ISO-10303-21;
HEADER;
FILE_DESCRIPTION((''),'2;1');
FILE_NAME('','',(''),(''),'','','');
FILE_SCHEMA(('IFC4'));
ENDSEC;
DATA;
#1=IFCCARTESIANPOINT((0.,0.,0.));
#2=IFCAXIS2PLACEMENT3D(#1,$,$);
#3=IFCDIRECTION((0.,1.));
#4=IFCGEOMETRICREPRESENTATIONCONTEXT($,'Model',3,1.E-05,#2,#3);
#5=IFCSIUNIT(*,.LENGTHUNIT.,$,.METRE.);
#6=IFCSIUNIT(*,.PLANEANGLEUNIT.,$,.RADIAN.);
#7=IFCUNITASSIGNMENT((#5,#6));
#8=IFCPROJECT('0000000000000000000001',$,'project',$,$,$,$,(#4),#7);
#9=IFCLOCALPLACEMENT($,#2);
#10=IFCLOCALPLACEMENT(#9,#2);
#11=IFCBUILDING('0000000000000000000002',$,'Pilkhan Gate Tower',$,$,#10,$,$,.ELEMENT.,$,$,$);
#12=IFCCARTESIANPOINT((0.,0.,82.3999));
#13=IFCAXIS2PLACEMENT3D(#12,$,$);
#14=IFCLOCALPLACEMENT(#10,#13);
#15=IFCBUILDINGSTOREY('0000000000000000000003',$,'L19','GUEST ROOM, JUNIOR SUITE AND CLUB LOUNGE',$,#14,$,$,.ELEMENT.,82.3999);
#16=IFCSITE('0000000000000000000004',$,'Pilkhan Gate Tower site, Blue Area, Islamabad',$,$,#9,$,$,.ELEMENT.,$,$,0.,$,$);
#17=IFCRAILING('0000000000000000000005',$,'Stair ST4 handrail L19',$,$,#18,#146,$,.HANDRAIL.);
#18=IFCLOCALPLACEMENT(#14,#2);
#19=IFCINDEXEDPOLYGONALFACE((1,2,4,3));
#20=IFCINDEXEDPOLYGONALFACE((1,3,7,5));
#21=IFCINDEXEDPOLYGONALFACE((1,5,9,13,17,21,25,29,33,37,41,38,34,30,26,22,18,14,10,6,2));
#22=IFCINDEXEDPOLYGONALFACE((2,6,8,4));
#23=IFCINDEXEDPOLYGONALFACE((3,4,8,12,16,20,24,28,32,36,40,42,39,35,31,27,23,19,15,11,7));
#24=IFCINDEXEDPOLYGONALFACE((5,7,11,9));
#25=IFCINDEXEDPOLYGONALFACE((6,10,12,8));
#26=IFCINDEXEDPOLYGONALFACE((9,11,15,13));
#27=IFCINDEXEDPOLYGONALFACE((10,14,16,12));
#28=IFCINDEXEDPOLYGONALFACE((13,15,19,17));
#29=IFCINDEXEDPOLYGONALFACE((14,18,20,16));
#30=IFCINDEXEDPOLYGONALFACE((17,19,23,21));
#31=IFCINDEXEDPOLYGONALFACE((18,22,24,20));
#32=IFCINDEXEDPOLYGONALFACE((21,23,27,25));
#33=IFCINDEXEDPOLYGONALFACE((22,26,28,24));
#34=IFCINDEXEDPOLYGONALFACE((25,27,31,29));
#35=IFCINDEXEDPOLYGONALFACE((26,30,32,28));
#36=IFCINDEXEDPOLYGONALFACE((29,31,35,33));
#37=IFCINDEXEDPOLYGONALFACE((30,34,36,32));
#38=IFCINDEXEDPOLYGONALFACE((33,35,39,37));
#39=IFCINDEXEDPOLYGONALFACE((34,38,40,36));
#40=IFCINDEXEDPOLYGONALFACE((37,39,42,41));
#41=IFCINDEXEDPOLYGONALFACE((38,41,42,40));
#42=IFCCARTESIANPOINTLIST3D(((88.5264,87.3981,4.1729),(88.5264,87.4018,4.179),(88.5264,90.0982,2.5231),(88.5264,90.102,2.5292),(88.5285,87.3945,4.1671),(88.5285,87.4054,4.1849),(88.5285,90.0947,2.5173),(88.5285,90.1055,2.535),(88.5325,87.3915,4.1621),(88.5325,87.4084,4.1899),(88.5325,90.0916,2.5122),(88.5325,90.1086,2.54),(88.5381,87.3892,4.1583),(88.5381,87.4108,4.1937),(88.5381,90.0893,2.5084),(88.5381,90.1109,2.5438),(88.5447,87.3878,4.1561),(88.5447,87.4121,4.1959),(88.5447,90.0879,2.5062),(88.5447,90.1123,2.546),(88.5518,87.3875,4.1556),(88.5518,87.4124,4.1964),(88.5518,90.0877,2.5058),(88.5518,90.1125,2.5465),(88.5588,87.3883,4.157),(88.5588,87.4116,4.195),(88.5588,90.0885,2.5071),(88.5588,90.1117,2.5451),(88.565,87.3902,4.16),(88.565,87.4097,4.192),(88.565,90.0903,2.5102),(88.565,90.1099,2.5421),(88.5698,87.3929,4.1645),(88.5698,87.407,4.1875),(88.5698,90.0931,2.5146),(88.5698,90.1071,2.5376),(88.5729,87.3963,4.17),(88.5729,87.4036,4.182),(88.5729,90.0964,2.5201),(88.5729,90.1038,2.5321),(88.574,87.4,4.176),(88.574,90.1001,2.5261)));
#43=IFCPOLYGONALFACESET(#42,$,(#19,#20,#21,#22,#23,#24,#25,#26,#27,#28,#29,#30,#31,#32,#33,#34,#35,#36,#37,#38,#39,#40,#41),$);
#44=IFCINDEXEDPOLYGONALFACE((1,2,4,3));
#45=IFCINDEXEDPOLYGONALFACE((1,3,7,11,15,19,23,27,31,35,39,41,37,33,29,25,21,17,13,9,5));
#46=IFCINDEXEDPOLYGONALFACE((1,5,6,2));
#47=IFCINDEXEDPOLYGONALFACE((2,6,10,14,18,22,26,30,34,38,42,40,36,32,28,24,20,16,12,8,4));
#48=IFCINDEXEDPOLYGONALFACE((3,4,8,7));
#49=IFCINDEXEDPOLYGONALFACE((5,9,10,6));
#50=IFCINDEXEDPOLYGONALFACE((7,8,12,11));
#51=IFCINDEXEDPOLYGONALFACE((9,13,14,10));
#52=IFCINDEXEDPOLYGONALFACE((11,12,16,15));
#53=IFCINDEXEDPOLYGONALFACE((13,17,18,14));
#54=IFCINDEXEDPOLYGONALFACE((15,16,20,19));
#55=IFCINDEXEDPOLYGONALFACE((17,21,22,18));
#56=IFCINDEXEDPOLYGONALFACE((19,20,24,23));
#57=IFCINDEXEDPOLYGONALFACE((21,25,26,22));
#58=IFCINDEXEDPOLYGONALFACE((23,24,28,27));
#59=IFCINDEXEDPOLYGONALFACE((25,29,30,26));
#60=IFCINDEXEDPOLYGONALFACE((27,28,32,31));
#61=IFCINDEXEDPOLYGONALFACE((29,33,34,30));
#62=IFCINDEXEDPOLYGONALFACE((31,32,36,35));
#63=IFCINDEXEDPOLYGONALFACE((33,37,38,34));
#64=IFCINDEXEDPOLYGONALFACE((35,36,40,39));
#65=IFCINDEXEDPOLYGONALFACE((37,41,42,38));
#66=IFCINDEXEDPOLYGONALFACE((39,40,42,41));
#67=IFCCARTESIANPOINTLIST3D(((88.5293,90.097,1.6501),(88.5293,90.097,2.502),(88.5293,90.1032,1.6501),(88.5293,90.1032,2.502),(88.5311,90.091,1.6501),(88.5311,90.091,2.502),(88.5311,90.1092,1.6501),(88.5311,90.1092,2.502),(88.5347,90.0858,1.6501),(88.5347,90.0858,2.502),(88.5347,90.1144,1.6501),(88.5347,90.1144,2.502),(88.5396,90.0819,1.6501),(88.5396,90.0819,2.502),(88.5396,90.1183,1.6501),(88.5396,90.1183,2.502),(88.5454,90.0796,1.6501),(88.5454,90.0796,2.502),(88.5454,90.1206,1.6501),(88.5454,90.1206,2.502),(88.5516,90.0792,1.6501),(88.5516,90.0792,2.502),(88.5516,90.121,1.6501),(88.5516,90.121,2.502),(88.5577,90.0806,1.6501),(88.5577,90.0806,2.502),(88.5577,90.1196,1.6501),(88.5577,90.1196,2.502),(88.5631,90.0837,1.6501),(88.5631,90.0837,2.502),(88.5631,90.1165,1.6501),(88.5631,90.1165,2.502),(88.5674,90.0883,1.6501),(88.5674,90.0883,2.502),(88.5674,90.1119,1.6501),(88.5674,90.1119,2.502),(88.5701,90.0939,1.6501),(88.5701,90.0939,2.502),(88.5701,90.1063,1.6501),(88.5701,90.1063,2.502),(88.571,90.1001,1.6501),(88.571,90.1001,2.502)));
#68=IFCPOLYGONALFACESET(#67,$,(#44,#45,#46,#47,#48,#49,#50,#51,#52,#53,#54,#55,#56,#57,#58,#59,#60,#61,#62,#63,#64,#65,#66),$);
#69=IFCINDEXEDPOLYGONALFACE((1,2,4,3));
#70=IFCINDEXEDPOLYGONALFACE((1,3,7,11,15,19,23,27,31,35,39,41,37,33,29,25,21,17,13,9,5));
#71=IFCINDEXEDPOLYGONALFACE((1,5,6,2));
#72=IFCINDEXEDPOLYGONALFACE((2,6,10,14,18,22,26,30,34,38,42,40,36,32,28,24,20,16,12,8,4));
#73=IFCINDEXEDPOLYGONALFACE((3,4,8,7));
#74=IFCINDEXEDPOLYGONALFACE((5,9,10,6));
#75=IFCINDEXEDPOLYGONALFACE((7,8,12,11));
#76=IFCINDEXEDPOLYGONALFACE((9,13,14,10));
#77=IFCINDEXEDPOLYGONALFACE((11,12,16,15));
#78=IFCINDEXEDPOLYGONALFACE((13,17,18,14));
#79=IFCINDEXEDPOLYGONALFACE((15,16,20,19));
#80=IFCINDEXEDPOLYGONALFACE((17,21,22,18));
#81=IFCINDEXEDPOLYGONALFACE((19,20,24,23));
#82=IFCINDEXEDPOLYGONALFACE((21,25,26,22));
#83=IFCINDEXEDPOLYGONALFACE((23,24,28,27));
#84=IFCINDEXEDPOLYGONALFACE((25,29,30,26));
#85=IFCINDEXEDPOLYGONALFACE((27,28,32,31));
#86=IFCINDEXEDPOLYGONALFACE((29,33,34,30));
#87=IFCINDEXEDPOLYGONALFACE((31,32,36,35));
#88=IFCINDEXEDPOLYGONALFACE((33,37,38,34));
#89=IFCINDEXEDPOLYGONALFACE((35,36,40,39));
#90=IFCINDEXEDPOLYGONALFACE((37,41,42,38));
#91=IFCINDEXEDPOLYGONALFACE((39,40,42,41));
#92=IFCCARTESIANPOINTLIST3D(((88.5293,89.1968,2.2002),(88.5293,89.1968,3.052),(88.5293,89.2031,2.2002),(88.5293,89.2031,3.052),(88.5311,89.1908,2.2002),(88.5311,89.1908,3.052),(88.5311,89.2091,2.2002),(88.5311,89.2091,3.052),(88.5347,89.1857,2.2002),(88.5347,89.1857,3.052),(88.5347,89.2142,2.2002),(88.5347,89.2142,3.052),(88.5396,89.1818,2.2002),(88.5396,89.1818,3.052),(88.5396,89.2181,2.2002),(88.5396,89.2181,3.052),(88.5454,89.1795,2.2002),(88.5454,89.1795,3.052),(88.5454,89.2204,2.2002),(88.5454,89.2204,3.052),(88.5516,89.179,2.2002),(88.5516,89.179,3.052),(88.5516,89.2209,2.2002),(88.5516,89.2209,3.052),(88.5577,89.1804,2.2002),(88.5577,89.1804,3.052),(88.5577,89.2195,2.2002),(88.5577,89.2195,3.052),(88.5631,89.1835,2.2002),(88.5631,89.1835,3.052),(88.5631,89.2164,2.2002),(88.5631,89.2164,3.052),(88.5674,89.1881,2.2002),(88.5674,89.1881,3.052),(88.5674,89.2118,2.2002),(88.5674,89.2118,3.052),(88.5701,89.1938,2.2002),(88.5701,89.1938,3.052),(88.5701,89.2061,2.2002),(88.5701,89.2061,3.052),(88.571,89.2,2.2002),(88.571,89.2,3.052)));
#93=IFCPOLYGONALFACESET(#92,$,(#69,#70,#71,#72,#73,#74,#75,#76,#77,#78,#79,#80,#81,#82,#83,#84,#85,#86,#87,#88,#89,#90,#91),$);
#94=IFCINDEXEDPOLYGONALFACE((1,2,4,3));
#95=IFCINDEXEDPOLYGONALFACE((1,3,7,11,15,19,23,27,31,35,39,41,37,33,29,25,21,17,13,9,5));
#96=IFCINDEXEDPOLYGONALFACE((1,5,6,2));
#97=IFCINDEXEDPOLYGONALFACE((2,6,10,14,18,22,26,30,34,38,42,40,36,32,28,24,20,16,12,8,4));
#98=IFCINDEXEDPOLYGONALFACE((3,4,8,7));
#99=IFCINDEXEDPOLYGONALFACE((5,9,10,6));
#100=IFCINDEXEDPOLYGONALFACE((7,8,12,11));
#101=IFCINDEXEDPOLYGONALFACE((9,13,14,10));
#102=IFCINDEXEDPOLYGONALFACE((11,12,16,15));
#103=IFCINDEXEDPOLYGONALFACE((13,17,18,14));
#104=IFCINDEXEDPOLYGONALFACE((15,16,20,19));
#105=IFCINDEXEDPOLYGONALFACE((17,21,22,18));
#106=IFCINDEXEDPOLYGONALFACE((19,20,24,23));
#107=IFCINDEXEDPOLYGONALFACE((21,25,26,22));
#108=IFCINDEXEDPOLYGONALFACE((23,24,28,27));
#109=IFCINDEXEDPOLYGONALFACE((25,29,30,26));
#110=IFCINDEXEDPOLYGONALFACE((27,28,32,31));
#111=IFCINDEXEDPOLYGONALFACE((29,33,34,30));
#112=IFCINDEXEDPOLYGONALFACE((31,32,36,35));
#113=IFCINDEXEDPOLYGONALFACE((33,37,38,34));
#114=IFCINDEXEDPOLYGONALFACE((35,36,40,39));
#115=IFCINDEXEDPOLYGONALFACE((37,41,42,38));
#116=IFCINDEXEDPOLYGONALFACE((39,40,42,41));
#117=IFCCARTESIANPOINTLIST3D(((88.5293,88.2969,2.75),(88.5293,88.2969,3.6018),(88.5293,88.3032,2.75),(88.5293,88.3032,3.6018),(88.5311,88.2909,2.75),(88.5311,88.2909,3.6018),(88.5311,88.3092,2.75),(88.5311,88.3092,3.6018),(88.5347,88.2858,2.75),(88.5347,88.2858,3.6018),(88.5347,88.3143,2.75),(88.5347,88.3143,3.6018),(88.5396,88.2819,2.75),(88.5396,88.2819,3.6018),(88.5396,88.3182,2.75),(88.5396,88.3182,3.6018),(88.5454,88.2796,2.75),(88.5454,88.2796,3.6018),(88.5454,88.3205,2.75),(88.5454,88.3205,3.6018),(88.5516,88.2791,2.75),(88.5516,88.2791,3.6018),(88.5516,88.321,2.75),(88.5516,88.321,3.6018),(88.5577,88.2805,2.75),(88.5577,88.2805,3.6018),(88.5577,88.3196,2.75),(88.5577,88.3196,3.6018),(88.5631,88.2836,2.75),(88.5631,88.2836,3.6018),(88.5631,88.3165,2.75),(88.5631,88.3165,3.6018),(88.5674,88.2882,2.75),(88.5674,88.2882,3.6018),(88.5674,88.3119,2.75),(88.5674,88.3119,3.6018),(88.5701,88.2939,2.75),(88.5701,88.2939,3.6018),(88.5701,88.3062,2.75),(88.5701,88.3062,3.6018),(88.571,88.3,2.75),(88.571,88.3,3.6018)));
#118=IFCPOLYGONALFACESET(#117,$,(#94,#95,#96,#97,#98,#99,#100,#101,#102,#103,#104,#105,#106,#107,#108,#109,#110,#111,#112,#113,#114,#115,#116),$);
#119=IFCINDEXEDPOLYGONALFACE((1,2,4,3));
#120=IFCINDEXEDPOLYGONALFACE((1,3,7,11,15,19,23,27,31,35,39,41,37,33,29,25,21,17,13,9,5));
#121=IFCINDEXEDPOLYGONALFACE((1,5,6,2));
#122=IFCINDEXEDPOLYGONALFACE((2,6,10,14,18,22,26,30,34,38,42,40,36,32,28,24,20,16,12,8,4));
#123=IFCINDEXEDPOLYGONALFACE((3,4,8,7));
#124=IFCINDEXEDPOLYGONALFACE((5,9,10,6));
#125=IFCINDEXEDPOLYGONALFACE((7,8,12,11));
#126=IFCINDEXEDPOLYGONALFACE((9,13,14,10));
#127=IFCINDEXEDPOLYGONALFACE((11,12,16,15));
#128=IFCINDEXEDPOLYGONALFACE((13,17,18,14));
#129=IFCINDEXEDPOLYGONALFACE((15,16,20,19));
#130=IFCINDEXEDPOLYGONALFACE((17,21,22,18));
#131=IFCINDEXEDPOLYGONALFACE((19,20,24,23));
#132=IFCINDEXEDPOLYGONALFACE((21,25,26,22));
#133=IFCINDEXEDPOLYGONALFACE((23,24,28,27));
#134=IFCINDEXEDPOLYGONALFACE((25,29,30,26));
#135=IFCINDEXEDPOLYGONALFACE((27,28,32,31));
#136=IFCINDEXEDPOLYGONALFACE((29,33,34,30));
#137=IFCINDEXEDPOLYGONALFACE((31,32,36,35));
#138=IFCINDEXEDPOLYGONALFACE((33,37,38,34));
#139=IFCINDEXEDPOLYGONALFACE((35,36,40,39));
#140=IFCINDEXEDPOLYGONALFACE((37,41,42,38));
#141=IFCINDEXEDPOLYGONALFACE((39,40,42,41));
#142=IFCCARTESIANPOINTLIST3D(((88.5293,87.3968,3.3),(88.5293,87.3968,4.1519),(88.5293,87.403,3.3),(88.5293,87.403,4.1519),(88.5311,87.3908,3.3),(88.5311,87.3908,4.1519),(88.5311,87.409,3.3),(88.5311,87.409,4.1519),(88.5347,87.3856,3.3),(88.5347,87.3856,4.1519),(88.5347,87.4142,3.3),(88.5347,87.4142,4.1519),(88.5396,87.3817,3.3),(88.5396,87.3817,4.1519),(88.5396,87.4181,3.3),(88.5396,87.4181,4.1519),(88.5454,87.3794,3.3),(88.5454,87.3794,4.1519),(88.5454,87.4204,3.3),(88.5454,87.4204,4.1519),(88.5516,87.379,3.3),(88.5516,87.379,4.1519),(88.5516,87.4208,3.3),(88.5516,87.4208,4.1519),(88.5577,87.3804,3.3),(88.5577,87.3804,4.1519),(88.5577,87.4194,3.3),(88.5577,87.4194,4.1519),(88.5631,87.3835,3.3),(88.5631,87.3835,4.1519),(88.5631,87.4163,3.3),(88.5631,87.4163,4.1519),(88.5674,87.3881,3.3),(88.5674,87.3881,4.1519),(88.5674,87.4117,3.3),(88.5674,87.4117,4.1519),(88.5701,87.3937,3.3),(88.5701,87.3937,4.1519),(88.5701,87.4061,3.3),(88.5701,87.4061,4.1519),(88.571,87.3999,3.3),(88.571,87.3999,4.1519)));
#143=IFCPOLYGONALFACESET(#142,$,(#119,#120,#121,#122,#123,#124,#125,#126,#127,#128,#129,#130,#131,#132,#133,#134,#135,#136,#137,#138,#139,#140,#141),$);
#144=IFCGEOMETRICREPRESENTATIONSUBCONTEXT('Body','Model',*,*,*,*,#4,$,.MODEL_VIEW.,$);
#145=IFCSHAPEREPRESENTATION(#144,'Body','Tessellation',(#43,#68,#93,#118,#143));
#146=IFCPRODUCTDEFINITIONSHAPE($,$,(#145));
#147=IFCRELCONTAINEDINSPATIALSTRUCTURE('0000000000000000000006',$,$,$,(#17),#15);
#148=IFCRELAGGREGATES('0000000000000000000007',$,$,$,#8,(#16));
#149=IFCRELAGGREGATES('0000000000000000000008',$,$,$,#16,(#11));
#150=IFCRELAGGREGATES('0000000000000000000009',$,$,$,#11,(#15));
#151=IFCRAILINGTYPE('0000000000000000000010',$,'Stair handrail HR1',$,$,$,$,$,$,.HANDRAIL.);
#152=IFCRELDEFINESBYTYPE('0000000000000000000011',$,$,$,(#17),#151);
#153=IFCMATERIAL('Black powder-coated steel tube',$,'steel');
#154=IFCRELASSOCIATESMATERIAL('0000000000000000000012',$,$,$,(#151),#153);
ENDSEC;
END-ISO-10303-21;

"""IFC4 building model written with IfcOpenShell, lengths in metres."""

from ifc_helpers import new_model, si_unit, direction, frame, origin, origin_2d, place, context, subcontext, project, spatial, circle, extrude, material, type_object, element, save


model = new_model("IFC4")

# Units and contexts
model_context = context("Model", 3, precision=1e-05, world=origin(), true_north=direction((0.0, 1.0)))
body_context = subcontext(model_context, "Body", "Model", "MODEL_VIEW")
ifc_project = project(units=[si_unit("LENGTHUNIT", "METRE"), si_unit("PLANEANGLEUNIT", "RADIAN")], contexts=[model_context])

# Site, building, storey
site_placement = place(None, origin())
site = spatial("IfcSite", under=ifc_project, at=site_placement, Name="Pilkhan Gate Tower site, Blue Area, Islamabad", CompositionType="ELEMENT", RefElevation=0.0)
building_placement = place(site_placement, origin())
building = spatial("IfcBuilding", under=site, at=building_placement, Name="Pilkhan Gate Tower", CompositionType="ELEMENT")
storey_placement = place(building_placement, frame((0.0, 0.0, 82.3999)))
storey = spatial("IfcBuildingStorey", under=building, at=storey_placement, Name="L19", Description="GUEST ROOM, JUNIOR SUITE AND CLUB LOUNGE", CompositionType="ELEMENT", Elevation=82.3999)

# Railing
ifc_material_1 = material(Name="Black powder-coated steel tube", Category="steel")
railing_type_1 = type_object("IfcRailingType", Name="Stair handrail HR1", PredefinedType="HANDRAIL", material=ifc_material_1)
railing_1_placement = place(storey_placement, frame((88.55, 90.1001, 1.6501)))
element("IfcRailing", 1, at=railing_1_placement, inside=storey, type_object=railing_type_1, Name="Stair ST4 handrail L19", PredefinedType="HANDRAIL", context=body_context, shape_type="SweptSolid", body=[
    extrude(circle(Radius=0.0239, at=origin_2d()), frame((0.0, 0.0, 0.876), z_axis=(0.0, -0.853312, 0.5214), x_axis=(1.0, 0.0, 0.0)), (0.0, 0.0, 1.0), 3.1643),
    extrude(circle(Radius=0.021, at=origin_2d()), origin(), (0.0, 0.0, 1.0), 0.8518),
    extrude(circle(Radius=0.021, at=origin_2d()), frame((0.0, -0.9001, 0.55)), (0.0, 0.0, 1.0), 0.8518),
    extrude(circle(Radius=0.021, at=origin_2d()), frame((0.0, -1.8, 1.0999)), (0.0, 0.0, 1.0), 0.8518),
    extrude(circle(Radius=0.021, at=origin_2d()), frame((0.0, -2.7002, 1.6499)), (0.0, 0.0, 1.0), 0.8518),
])

save(model, "model.ifc")
